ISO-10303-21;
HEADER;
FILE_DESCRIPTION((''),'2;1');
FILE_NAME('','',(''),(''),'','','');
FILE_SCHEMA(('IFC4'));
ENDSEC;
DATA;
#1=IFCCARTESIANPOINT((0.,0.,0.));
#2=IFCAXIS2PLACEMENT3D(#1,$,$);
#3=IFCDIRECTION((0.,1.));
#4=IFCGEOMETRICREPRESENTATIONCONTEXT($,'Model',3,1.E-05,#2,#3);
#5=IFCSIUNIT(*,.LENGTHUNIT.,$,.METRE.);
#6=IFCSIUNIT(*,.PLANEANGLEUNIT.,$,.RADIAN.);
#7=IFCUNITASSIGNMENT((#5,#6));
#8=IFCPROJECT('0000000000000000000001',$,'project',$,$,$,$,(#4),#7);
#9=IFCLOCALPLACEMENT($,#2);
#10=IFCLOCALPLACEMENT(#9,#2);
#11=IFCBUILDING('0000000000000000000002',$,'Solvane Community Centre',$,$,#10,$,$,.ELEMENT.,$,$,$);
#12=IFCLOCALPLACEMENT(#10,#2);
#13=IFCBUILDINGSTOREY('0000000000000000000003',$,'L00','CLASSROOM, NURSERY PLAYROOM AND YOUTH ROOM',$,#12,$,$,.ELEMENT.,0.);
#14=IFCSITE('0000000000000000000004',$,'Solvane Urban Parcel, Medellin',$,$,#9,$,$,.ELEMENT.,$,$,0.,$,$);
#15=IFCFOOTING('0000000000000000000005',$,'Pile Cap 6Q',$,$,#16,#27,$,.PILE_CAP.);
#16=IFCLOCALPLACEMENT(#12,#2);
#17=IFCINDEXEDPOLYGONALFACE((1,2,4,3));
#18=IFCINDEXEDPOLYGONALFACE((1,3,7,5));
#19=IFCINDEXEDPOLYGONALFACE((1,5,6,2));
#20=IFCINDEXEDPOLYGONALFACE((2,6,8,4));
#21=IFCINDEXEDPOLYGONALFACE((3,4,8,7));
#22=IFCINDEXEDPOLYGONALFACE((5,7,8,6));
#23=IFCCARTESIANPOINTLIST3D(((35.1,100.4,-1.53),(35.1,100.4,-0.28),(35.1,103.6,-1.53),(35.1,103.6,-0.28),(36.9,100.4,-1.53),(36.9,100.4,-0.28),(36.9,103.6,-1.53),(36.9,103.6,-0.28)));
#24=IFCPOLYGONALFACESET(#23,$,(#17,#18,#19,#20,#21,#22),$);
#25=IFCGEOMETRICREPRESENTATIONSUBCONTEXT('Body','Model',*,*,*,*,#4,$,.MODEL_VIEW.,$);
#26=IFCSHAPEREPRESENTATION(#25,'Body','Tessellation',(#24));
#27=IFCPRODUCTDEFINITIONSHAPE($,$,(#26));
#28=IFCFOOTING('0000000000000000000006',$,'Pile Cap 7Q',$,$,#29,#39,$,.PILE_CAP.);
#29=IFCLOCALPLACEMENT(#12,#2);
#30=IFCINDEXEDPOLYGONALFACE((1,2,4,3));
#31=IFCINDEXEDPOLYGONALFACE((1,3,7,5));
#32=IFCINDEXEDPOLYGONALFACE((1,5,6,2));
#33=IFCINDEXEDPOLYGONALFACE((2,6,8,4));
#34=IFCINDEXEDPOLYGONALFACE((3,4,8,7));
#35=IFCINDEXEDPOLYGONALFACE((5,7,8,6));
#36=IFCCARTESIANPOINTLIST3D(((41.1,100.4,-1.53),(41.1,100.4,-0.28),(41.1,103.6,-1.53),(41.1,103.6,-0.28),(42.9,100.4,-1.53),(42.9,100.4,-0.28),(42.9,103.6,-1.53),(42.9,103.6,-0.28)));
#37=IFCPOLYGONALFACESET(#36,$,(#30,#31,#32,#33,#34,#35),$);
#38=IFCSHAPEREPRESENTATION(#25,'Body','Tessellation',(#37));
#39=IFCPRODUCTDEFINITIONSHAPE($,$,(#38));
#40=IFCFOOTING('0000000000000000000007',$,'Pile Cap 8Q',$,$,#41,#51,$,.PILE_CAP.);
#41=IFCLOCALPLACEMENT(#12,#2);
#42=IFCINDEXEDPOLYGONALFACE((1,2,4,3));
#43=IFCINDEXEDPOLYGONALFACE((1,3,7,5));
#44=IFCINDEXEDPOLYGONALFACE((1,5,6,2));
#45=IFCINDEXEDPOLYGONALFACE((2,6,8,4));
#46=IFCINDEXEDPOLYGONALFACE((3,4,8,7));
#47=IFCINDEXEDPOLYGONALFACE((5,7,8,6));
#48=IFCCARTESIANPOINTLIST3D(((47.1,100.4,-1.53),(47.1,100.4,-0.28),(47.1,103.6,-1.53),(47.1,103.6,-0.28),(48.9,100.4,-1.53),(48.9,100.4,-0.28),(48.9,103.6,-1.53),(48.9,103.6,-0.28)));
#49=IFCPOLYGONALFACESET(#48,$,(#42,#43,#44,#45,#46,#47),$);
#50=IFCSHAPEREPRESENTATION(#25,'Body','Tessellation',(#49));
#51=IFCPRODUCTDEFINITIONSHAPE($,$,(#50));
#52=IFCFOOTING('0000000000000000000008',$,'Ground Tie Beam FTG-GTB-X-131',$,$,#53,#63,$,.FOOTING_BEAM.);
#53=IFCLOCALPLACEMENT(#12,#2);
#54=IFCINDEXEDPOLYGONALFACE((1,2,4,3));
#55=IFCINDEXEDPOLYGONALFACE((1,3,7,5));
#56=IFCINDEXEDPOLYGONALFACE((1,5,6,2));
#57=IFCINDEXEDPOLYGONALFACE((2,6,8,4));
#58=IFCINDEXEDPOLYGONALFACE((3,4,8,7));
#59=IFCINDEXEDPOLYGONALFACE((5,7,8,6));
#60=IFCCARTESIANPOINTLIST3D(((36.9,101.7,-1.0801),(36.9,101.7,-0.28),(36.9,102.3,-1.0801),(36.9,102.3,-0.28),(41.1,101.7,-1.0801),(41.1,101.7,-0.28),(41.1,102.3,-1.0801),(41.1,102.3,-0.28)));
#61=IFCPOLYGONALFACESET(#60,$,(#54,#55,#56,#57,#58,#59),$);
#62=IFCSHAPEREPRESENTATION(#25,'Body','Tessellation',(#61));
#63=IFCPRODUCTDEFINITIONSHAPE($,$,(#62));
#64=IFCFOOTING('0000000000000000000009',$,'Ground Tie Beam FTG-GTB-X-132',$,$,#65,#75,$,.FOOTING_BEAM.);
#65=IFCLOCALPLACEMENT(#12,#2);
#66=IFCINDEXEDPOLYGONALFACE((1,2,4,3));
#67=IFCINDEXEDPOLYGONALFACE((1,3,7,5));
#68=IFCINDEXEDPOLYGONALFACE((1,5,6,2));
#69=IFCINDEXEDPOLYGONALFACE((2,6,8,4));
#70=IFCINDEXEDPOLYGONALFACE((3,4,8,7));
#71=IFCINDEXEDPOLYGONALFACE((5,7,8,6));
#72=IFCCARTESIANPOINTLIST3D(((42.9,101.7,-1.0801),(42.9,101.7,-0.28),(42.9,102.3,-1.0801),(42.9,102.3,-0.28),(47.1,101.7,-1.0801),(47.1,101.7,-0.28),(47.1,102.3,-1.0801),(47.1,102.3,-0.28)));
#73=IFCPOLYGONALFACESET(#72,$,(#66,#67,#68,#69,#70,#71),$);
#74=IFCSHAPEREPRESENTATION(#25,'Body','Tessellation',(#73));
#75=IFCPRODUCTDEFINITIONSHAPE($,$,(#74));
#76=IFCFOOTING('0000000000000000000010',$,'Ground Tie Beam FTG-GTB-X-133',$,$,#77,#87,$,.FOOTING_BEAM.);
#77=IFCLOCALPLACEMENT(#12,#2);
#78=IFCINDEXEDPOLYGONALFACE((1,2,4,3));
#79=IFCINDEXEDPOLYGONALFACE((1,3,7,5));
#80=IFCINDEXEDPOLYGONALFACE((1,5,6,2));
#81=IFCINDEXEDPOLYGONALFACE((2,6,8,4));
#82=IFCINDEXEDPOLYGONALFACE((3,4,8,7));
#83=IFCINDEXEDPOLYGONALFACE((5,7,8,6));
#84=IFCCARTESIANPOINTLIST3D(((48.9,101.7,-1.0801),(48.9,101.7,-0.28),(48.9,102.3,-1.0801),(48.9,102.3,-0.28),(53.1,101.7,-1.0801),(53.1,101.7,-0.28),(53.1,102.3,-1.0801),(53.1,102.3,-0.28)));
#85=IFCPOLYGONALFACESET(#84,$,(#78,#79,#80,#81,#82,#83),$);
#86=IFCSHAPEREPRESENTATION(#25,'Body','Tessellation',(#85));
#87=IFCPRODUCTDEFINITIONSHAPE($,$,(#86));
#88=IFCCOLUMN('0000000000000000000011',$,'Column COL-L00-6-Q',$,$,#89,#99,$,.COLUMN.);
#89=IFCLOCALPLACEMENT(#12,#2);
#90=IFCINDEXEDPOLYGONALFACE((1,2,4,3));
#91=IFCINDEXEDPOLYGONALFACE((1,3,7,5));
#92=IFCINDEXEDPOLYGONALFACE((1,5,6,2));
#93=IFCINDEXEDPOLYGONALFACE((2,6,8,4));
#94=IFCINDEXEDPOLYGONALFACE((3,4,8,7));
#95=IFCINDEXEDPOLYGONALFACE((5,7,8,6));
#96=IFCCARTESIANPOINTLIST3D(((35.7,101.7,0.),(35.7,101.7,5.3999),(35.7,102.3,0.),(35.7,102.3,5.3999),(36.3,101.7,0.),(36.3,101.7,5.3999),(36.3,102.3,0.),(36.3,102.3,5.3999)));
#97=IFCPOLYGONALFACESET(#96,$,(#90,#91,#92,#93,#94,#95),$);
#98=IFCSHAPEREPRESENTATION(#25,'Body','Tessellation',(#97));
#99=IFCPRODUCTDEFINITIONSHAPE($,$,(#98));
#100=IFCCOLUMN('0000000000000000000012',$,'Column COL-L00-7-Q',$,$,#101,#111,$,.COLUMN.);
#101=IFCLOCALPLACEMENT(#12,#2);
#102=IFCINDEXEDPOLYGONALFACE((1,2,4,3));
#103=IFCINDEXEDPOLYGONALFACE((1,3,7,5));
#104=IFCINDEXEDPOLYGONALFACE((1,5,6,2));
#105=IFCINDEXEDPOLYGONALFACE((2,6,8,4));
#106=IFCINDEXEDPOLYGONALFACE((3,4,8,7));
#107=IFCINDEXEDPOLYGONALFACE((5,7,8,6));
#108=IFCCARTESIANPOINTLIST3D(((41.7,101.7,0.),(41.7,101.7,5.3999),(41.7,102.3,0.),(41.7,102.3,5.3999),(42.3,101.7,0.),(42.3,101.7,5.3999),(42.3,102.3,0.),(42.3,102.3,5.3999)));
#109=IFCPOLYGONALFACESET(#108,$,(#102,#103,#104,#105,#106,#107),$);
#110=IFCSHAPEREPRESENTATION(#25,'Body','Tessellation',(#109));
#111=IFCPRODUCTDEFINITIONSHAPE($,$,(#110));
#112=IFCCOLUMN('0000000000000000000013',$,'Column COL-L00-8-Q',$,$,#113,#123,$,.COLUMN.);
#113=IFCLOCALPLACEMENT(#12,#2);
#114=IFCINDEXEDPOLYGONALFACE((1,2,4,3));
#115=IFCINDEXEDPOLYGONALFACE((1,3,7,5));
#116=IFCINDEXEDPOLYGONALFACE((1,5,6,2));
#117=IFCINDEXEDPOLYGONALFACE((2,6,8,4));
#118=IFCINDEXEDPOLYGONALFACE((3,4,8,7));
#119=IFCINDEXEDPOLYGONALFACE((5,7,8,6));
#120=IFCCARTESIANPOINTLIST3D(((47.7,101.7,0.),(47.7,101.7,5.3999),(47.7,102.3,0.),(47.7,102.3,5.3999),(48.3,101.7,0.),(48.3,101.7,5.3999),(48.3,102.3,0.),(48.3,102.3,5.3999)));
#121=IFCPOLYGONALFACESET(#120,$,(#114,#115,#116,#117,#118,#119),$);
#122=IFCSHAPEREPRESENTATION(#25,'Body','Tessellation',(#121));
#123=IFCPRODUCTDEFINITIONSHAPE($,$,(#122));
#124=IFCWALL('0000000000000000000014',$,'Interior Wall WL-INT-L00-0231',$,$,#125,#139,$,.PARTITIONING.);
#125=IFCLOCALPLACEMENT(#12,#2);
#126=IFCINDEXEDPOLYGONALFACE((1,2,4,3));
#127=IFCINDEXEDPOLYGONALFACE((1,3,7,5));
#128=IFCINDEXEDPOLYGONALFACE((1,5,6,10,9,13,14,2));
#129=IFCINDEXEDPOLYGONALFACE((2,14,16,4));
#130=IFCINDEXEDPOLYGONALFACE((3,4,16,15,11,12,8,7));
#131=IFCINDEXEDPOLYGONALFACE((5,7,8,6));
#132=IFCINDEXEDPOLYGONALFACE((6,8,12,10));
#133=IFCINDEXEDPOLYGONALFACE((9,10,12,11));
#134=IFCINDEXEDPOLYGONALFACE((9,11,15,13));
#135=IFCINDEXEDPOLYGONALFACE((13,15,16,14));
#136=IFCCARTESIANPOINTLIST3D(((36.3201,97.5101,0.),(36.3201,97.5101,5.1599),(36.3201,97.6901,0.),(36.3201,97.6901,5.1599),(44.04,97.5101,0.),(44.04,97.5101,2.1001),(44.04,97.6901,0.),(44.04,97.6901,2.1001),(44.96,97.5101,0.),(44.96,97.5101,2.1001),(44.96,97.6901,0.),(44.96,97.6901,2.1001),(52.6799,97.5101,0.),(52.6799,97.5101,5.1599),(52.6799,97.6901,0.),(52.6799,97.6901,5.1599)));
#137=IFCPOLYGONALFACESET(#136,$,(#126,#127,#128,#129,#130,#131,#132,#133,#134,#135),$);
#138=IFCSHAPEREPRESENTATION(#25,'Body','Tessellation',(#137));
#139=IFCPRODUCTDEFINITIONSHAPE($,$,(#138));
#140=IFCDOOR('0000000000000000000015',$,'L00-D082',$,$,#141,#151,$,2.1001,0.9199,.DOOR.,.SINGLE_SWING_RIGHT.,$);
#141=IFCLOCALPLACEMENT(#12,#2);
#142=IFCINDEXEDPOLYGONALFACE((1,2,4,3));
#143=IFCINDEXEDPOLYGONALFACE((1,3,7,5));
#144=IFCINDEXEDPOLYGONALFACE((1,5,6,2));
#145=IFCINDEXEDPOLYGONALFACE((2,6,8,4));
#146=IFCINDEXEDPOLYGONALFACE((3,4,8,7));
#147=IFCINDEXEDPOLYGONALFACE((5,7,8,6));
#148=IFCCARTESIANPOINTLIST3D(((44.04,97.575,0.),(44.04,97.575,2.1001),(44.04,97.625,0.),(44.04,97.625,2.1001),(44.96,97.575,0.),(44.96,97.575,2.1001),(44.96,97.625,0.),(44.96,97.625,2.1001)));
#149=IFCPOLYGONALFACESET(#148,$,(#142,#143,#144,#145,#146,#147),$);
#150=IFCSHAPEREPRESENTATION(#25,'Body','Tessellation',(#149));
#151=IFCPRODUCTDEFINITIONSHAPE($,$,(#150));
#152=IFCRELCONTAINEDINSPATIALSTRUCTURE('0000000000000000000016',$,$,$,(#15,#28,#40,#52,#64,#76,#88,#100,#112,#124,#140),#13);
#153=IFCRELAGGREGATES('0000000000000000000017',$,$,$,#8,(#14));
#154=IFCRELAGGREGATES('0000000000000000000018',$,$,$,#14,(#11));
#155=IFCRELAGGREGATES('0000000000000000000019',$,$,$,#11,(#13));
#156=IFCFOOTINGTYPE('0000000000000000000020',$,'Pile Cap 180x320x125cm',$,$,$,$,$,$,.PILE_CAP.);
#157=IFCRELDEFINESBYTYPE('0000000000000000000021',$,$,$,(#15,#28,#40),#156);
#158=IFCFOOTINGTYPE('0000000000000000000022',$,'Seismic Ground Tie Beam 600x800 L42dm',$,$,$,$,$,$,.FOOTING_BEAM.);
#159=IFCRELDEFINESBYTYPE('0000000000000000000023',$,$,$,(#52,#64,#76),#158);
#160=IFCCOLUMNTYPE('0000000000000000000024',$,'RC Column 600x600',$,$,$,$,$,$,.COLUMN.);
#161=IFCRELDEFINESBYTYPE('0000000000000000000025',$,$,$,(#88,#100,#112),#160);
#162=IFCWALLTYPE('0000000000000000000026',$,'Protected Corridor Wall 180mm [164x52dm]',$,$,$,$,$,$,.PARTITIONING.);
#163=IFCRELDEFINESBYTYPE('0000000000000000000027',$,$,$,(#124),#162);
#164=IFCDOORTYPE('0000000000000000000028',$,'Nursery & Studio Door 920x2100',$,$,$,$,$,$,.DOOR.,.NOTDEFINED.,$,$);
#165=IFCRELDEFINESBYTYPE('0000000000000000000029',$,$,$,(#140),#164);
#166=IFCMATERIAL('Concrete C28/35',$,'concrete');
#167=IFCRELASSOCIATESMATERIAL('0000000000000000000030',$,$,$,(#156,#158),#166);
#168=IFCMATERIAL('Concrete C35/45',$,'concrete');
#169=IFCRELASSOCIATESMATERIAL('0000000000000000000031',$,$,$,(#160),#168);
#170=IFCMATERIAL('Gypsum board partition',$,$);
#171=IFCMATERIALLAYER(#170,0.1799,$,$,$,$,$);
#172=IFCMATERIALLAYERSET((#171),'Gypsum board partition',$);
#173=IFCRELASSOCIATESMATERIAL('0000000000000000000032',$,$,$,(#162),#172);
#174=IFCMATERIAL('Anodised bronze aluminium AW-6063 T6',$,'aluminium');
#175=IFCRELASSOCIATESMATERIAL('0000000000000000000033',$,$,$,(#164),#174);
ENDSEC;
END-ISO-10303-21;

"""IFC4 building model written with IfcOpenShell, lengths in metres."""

from ifc_helpers import new_model, si_unit, direction, frame, frame_2d, origin, origin_2d, place, context, subcontext, project, spatial, rectangle, extrude, material, layer, layer_set, material_profile, profile_set, type_object, element, fill, save


model = new_model("IFC4")

# Units and contexts
model_context = context("Model", 3, precision=1e-05, world=origin(), true_north=direction((0.0, 1.0)))
body_context = subcontext(model_context, "Body", "Model", "MODEL_VIEW")
ifc_project = project(units=[si_unit("LENGTHUNIT", "METRE"), si_unit("PLANEANGLEUNIT", "RADIAN")], contexts=[model_context])

# Site, building, storey
site_placement = place(None, origin())
site = spatial("IfcSite", under=ifc_project, at=site_placement, Name="Solvane Urban Parcel, Medellin", CompositionType="ELEMENT", RefElevation=0.0)
building_placement = place(site_placement, origin())
building = spatial("IfcBuilding", under=site, at=building_placement, Name="Solvane Community Centre", CompositionType="ELEMENT")
storey_placement = place(building_placement, origin())
storey = spatial("IfcBuildingStorey", under=building, at=storey_placement, Name="L00", Description="CLASSROOM, NURSERY PLAYROOM AND YOUTH ROOM", CompositionType="ELEMENT", Elevation=0.0)

# Shared definitions
ifc_material_1 = material(Name="Concrete C28/35", Category="concrete")

# Footings
footing_type_1 = type_object("IfcFootingType", Name="Pile Cap 180x320x125cm", PredefinedType="PILE_CAP", material=ifc_material_1)
for number, where, z_axis, x_axis, name in (
    (1, (36.0, 102.0, -1.53), (0.0, 0.0, 1.0), (1.0, 0.0, 0.0), "Pile Cap 6Q"),
    (2, (42.0, 102.0, -1.53), (0.0, 0.0, 1.0), (1.0, 0.0, 0.0), "Pile Cap 7Q"),
    (3, (48.0, 102.0, -1.53), (0.0, 0.0, 1.0), (1.0, 0.0, 0.0), "Pile Cap 8Q"),
):
    element("IfcFooting", number, at=place(storey_placement, frame(where, z_axis=z_axis, x_axis=x_axis)), inside=storey, type_object=footing_type_1, Name=name, PredefinedType="PILE_CAP", context=body_context, shape_type="SweptSolid", body=[
        extrude(rectangle(XDim=1.8, YDim=3.2, at=origin_2d()), origin(), (0.0, 0.0, 1.0), 1.25),
    ])
footing_type_2 = type_object("IfcFootingType", Name="Seismic Ground Tie Beam 600x800 L42dm", PredefinedType="FOOTING_BEAM", material=ifc_material_1)
for number, where, z_axis, x_axis, name in (
    (4, (39.0, 102.0, -1.0801), (0.0, 0.0, 1.0), (1.0, 0.0, 0.0), "Ground Tie Beam FTG-GTB-X-131"),
    (5, (45.0, 102.0, -1.0801), (0.0, 0.0, 1.0), (1.0, 0.0, 0.0), "Ground Tie Beam FTG-GTB-X-132"),
    (6, (51.0, 102.0, -1.0801), (0.0, 0.0, 1.0), (1.0, 0.0, 0.0), "Ground Tie Beam FTG-GTB-X-133"),
):
    element("IfcFooting", number, at=place(storey_placement, frame(where, z_axis=z_axis, x_axis=x_axis)), inside=storey, type_object=footing_type_2, Name=name, PredefinedType="FOOTING_BEAM", context=body_context, shape_type="SweptSolid", body=[
        extrude(rectangle(XDim=4.2, YDim=0.6001, at=origin_2d()), origin(), (0.0, 0.0, 1.0), 0.8),
    ])

# Columns
ifc_material_2 = material(Name="Concrete C35/45", Category="concrete")
ifc_material_profile_1 = material_profile(ifc_material_2, rectangle(XDim=0.6001, YDim=0.6001, at=origin_2d()), Name="RC 600x600")
ifc_profile_set_1 = profile_set([ifc_material_profile_1], Name="Concrete C35/45")
column_type = type_object("IfcColumnType", Name="RC Column 600x600", PredefinedType="COLUMN", material=ifc_profile_set_1)
for number, where, z_axis, x_axis, name in (
    (7, (36.0, 102.0, 0.0), (0.0, 0.0, 1.0), (1.0, 0.0, 0.0), "Column COL-L00-6-Q"),
    (8, (42.0, 102.0, 0.0), (0.0, 0.0, 1.0), (1.0, 0.0, 0.0), "Column COL-L00-7-Q"),
    (9, (48.0, 102.0, 0.0), (0.0, 0.0, 1.0), (1.0, 0.0, 0.0), "Column COL-L00-8-Q"),
):
    element("IfcColumn", number, at=place(storey_placement, frame(where, z_axis=z_axis, x_axis=x_axis)), inside=storey, type_object=column_type, Name=name, PredefinedType="COLUMN", context=body_context, shape_type="SweptSolid", body=[
        extrude(rectangle(XDim=0.6001, YDim=0.6001, at=origin_2d()), origin(), (0.0, 0.0, 1.0), 5.3999),
    ])

# Wall, opening, door
ifc_material_3 = material(Name="Gypsum board partition")
ifc_layer = layer(ifc_material_3, 0.1799)
ifc_layer_set = layer_set([ifc_layer], Name="Gypsum board partition")
wall_type = type_object("IfcWallType", Name="Protected Corridor Wall 180mm [164x52dm]", PredefinedType="PARTITIONING", material=ifc_layer_set)
wall_placement = place(storey_placement, frame((36.3201, 97.6001, 0.0), z_axis=(0.0, 0.0, 1.0), x_axis=(1.0, 0.0, 0.0)))
wall = element("IfcWall", 10, at=wall_placement, inside=storey, type_object=wall_type, Name="Interior Wall WL-INT-L00-0231", PredefinedType="PARTITIONING", context=body_context, shape_type="SweptSolid", body=[
    extrude(rectangle(XDim=16.3599, YDim=0.1799, at=frame_2d((8.1799, 0.0))), origin(), (0.0, 0.0, 1.0), 5.1599),
])
opening_placement = place(wall_placement, frame((7.72, 0.0, 0.0)))
opening = element("IfcOpeningElement", 11, at=opening_placement, cuts=wall, PredefinedType="OPENING", context=body_context, shape_type="SweptSolid", body=[
    extrude(rectangle(XDim=0.9199, YDim=2.1001, at=frame_2d((0.46, 1.05))), frame((0.0, 0.0999, 0.0), z_axis=(0.0, -1.0, 0.0), x_axis=(1.0, 0.0, 0.0)), (0.0, 0.0, 1.0), 0.2),
])
ifc_material_4 = material(Name="Anodised bronze aluminium AW-6063 T6", Category="aluminium")
door_type = type_object("IfcDoorType", Name="Nursery & Studio Door 920x2100", OperationType="NOTDEFINED", PredefinedType="DOOR", material=ifc_material_4)
door_placement = place(opening_placement, origin())
door = element("IfcDoor", 12, at=door_placement, inside=storey, type_object=door_type, Name="L00-D082", OperationType="SINGLE_SWING_RIGHT", OverallHeight=2.1001, OverallWidth=0.9199, PredefinedType="DOOR", context=body_context, shape_type="SweptSolid", body=[
    extrude(rectangle(XDim=0.9199, YDim=2.1001, at=frame_2d((0.46, 1.05))), frame((0.0, 0.0249, 0.0), z_axis=(0.0, -1.0, 0.0), x_axis=(1.0, 0.0, 0.0)), (0.0, 0.0, 1.0), 0.05),
])
fill(opening, door)

save(model, "model.ifc")
